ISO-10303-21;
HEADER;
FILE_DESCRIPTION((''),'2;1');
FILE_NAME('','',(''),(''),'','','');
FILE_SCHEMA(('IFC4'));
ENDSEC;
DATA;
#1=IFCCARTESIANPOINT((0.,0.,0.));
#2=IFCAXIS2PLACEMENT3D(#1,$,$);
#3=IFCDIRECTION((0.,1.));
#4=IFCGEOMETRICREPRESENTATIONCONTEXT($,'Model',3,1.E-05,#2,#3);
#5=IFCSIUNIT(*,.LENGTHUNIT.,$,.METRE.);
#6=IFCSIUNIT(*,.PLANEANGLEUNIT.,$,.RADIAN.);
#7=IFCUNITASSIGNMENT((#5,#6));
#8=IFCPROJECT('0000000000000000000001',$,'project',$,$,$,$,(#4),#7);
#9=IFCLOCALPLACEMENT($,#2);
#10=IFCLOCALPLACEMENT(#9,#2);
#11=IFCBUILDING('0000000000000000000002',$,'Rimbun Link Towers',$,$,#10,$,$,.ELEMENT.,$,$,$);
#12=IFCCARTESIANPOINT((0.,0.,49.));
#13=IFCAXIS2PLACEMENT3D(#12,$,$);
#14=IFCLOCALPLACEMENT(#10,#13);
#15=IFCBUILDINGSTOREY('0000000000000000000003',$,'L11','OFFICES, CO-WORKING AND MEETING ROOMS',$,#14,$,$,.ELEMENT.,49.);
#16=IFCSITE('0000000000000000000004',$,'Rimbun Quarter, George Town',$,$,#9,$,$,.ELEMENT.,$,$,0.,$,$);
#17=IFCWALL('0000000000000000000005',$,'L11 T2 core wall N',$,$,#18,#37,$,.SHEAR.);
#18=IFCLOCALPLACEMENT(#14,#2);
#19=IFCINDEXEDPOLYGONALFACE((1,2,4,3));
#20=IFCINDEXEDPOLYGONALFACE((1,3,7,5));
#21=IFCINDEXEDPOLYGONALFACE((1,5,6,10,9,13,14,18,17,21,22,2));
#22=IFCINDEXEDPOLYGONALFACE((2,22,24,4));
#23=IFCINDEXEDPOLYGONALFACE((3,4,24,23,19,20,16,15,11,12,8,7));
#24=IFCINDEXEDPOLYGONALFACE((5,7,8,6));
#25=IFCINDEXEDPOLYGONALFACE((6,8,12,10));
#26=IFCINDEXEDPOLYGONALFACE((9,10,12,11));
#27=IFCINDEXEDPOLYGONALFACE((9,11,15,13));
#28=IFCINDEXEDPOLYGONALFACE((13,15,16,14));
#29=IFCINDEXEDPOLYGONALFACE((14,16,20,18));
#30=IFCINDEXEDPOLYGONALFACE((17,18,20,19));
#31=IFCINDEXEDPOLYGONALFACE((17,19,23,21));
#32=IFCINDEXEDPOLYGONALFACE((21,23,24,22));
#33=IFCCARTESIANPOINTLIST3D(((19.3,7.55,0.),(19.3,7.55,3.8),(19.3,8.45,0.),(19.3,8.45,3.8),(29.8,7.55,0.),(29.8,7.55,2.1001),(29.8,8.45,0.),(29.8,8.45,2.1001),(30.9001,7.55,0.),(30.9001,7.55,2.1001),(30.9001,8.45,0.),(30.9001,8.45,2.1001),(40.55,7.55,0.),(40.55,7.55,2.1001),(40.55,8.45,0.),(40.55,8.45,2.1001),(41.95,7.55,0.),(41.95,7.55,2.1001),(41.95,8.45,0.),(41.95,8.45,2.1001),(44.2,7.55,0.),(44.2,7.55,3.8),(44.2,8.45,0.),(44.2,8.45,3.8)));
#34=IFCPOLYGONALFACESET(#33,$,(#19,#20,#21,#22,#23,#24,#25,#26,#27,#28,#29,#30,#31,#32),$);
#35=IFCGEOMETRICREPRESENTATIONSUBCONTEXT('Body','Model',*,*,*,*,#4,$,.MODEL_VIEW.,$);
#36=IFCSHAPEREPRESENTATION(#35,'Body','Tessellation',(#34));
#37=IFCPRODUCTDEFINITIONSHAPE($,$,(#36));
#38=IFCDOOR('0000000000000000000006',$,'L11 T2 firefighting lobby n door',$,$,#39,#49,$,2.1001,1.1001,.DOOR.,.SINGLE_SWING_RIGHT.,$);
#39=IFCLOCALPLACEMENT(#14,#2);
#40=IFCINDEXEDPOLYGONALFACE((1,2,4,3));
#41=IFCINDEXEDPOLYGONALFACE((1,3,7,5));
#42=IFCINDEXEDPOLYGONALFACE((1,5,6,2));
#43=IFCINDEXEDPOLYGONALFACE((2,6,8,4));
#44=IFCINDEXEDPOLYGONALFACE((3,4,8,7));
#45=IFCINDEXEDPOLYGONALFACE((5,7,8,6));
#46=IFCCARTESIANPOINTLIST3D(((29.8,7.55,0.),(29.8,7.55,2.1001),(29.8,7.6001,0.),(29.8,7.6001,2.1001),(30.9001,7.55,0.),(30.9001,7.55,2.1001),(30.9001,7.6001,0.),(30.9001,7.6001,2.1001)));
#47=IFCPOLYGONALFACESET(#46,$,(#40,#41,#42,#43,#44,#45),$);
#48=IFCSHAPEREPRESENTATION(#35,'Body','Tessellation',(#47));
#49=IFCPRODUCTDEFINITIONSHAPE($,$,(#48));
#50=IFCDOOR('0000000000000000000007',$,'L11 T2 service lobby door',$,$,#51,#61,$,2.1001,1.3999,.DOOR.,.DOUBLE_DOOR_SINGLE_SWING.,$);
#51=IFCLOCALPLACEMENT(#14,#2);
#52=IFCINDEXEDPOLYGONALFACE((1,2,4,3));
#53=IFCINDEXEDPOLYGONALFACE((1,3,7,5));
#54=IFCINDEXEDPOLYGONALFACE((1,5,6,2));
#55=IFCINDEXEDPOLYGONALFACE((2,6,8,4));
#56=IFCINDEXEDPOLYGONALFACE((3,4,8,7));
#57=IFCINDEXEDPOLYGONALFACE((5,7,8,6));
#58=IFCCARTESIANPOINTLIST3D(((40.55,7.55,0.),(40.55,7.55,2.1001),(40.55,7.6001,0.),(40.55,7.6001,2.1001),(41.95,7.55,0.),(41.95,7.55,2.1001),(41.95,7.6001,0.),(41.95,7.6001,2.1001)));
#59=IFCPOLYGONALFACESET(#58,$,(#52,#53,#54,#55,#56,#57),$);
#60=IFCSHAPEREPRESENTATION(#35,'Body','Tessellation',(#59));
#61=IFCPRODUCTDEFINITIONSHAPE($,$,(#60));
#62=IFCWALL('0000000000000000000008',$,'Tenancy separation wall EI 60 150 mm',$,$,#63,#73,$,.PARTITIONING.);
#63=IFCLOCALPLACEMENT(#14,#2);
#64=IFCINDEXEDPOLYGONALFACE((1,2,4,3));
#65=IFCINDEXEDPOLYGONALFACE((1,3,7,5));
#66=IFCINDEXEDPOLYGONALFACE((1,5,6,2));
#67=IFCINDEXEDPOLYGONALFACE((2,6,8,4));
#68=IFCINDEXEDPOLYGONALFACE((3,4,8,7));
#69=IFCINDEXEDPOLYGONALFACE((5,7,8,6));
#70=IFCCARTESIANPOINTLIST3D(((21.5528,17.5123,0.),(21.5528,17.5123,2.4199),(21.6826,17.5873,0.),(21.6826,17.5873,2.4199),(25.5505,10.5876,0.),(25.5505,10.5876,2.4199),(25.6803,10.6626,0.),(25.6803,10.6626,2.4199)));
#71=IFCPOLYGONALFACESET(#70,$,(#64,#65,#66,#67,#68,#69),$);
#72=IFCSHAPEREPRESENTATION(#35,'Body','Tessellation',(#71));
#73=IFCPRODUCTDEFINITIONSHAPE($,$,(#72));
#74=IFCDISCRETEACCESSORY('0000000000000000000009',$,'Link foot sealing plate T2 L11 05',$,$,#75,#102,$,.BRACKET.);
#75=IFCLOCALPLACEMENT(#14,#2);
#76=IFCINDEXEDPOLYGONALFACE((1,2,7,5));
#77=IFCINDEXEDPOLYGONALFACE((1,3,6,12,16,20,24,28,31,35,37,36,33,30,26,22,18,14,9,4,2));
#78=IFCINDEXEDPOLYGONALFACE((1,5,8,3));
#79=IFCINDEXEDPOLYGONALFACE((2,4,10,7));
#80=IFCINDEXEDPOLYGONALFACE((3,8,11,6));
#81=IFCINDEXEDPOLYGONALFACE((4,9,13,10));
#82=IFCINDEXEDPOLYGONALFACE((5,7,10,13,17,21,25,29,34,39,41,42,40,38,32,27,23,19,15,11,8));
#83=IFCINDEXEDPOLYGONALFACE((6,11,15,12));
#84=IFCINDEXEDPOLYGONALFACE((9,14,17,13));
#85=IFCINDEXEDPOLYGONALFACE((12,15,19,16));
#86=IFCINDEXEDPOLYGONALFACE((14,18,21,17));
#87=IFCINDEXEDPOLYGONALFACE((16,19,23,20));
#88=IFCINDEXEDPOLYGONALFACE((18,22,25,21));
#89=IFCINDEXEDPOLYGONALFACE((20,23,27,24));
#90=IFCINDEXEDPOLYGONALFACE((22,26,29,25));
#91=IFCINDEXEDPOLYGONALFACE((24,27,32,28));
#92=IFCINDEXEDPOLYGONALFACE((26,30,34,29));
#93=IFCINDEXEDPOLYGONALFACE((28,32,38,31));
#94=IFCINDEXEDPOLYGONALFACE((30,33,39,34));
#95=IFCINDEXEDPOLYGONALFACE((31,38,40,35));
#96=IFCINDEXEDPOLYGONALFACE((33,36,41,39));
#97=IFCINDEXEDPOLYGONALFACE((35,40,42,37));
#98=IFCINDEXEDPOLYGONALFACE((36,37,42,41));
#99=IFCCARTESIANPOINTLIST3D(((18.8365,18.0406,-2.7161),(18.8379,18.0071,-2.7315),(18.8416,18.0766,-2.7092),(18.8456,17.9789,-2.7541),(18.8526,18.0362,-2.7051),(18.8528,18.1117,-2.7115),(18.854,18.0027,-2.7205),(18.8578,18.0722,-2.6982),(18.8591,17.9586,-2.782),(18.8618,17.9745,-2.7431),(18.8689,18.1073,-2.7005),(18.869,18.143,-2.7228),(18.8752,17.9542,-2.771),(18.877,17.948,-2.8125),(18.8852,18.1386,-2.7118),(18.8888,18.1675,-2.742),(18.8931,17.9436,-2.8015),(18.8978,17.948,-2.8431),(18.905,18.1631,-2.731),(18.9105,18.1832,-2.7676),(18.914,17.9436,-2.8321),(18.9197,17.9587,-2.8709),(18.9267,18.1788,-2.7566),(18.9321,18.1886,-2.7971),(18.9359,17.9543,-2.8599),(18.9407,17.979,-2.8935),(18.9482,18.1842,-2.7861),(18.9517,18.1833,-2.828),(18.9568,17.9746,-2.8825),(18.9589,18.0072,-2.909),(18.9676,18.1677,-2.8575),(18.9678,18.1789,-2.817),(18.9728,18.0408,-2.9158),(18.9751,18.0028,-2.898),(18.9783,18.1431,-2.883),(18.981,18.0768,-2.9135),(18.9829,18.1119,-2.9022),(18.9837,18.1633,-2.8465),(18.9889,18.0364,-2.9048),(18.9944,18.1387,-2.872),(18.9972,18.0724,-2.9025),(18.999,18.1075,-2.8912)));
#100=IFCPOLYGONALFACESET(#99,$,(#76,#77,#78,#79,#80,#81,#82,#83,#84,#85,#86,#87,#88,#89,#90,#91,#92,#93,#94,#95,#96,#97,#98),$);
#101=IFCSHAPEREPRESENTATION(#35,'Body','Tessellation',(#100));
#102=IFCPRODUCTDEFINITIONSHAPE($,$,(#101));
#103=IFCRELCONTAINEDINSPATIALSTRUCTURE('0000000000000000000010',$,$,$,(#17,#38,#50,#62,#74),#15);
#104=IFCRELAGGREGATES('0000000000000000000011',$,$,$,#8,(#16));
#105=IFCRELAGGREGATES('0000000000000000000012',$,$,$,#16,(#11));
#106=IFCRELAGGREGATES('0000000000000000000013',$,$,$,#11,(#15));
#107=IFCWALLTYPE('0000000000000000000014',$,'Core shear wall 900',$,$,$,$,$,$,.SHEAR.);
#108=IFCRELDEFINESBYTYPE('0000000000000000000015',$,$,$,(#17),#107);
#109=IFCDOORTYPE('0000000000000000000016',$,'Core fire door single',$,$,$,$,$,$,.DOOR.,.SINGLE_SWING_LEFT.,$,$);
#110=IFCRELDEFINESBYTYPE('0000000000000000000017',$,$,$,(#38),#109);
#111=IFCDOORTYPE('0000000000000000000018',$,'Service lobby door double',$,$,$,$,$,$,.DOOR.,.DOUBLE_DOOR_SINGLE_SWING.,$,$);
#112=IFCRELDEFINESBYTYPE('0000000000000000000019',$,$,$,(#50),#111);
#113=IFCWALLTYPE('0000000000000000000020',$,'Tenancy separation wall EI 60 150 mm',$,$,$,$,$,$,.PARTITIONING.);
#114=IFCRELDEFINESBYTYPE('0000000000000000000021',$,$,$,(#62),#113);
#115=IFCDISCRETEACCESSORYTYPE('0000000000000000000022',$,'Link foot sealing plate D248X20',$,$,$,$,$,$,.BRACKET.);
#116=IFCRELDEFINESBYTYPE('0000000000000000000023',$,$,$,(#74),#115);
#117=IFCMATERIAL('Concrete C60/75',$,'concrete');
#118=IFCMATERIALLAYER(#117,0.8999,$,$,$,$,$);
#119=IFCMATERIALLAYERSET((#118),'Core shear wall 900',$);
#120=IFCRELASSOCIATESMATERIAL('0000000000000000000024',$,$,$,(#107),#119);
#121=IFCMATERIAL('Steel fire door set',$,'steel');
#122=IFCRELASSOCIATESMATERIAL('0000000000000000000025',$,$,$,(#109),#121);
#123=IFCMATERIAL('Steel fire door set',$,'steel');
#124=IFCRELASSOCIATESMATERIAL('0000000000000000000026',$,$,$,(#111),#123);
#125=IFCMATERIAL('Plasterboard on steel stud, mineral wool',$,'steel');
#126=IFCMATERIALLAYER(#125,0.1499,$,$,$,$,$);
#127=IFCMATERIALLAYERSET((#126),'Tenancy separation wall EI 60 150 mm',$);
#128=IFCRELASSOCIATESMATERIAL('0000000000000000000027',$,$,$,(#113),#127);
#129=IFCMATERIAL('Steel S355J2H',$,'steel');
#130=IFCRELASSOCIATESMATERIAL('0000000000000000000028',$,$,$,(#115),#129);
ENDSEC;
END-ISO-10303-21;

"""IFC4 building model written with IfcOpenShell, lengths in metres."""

from ifc_helpers import new_model, si_unit, direction, frame, frame_2d, origin, origin_2d, place, context, subcontext, project, spatial, rectangle, circle, extrude, material, layer, layer_set, material_profile, profile_set, type_object, element, fill, save


model = new_model("IFC4")

# Units and contexts
model_context = context("Model", 3, precision=1e-05, world=origin(), true_north=direction((0.0, 1.0)))
body_context = subcontext(model_context, "Body", "Model", "MODEL_VIEW")
ifc_project = project(units=[si_unit("LENGTHUNIT", "METRE"), si_unit("PLANEANGLEUNIT", "RADIAN")], contexts=[model_context])

# Site, building, storey
site_placement = place(None, origin())
site = spatial("IfcSite", under=ifc_project, at=site_placement, Name="Rimbun Quarter, George Town", CompositionType="ELEMENT", RefElevation=0.0)
building_placement = place(site_placement, origin())
building = spatial("IfcBuilding", under=site, at=building_placement, Name="Rimbun Link Towers", CompositionType="ELEMENT")
storey_placement = place(building_placement, frame((0.0, 0.0, 49.0)))
storey = spatial("IfcBuildingStorey", under=building, at=storey_placement, Name="L11", Description="OFFICES, CO-WORKING AND MEETING ROOMS", CompositionType="ELEMENT", Elevation=49.0)

# Wall, openings, doors
ifc_material_1 = material(Name="Concrete C60/75", Category="concrete")
ifc_layer_1 = layer(ifc_material_1, 0.8999)
ifc_layer_set_1 = layer_set([ifc_layer_1], Name="Core shear wall 900")
wall_type_1 = type_object("IfcWallType", Name="Core shear wall 900", PredefinedType="SHEAR", material=ifc_layer_set_1)
wall_1_placement = place(storey_placement, frame((19.3, 8.0, 0.0), z_axis=(0.0, 0.0, 1.0), x_axis=(1.0, 0.0, 0.0)))
wall_1 = element("IfcWall", 1, at=wall_1_placement, inside=storey, type_object=wall_type_1, Name="L11 T2 core wall N", PredefinedType="SHEAR", context=body_context, shape_type="SweptSolid", body=[
    extrude(rectangle(XDim=24.8999, YDim=0.8999, at=frame_2d((12.45, 0.0))), origin(), (0.0, 0.0, 1.0), 3.8),
])
opening_1_placement = place(wall_1_placement, frame((10.5, 0.0, 0.0)))
opening_1 = element("IfcOpeningElement", 2, at=opening_1_placement, cuts=wall_1, PredefinedType="OPENING", context=body_context, shape_type="SweptSolid", body=[
    extrude(rectangle(XDim=1.1001, YDim=2.1001, at=frame_2d((0.55, 1.05))), frame((0.0, 0.46, 0.0), z_axis=(0.0, -1.0, 0.0), x_axis=(1.0, 0.0, 0.0)), (0.0, 0.0, 1.0), 0.9199),
])
opening_2_placement = place(wall_1_placement, frame((21.25, 0.0, 0.0)))
opening_2 = element("IfcOpeningElement", 3, at=opening_2_placement, cuts=wall_1, PredefinedType="OPENING", context=body_context, shape_type="SweptSolid", body=[
    extrude(rectangle(XDim=1.3999, YDim=2.1001, at=frame_2d((0.7, 1.05))), frame((0.0, 0.46, 0.0), z_axis=(0.0, -1.0, 0.0), x_axis=(1.0, 0.0, 0.0)), (0.0, 0.0, 1.0), 0.9199),
])
ifc_material_2 = material(Name="Steel fire door set", Category="steel")
door_type_1 = type_object("IfcDoorType", Name="Core fire door single", OperationType="SINGLE_SWING_LEFT", PredefinedType="DOOR", material=ifc_material_2)
door_1_placement = place(opening_1_placement, origin())
door_1 = element("IfcDoor", 4, at=door_1_placement, inside=storey, type_object=door_type_1, Name="L11 T2 firefighting lobby n door", OperationType="SINGLE_SWING_RIGHT", OverallHeight=2.1001, OverallWidth=1.1001, PredefinedType="DOOR", context=body_context, shape_type="SweptSolid", body=[
    extrude(rectangle(XDim=1.1001, YDim=2.1001, at=frame_2d((0.55, 1.05))), frame((0.0, -0.3999, 0.0), z_axis=(0.0, -1.0, 0.0), x_axis=(1.0, 0.0, 0.0)), (0.0, 0.0, 1.0), 0.05),
])
fill(opening_1, door_1)
ifc_material_3 = material(Name="Steel fire door set", Category="steel")
door_type_2 = type_object("IfcDoorType", Name="Service lobby door double", OperationType="DOUBLE_DOOR_SINGLE_SWING", PredefinedType="DOOR", material=ifc_material_3)
door_2_placement = place(opening_2_placement, origin())
door_2 = element("IfcDoor", 5, at=door_2_placement, inside=storey, type_object=door_type_2, Name="L11 T2 service lobby door", OperationType="DOUBLE_DOOR_SINGLE_SWING", OverallHeight=2.1001, OverallWidth=1.3999, PredefinedType="DOOR", context=body_context, shape_type="SweptSolid", body=[
    extrude(rectangle(XDim=1.3999, YDim=2.1001, at=frame_2d((0.7, 1.05))), frame((0.0, -0.3999, 0.0), z_axis=(0.0, -1.0, 0.0), x_axis=(1.0, 0.0, 0.0)), (0.0, 0.0, 1.0), 0.05),
])
fill(opening_2, door_2)

# Wall
ifc_material_4 = material(Name="Plasterboard on steel stud, mineral wool", Category="steel")
ifc_layer_2 = layer(ifc_material_4, 0.1499)
ifc_layer_set_2 = layer_set([ifc_layer_2], Name="Tenancy separation wall EI 60 150 mm")
wall_type_2 = type_object("IfcWallType", Name="Tenancy separation wall EI 60 150 mm", PredefinedType="PARTITIONING", material=ifc_layer_set_2)
wall_2_placement = place(storey_placement, frame((25.6155, 10.625, 0.0), z_axis=(0.0, 0.0, 1.0), x_axis=(-0.499978, 0.866038, 0.0)))
element("IfcWall", 6, at=wall_2_placement, inside=storey, type_object=wall_type_2, Name="Tenancy separation wall EI 60 150 mm", PredefinedType="PARTITIONING", context=body_context, shape_type="SweptSolid", body=[
    extrude(rectangle(XDim=7.9958, YDim=0.1499, at=frame_2d((3.998, 0.0))), origin(), (0.0, 0.0, 1.0), 2.4199),
])

# Discrete accessory
ifc_material_5 = material(Name="Steel S355J2H", Category="steel")
ifc_material_profile_1 = material_profile(ifc_material_5, circle(Radius=0.124, at=origin_2d()), Name="PL D248")
ifc_profile_set_1 = profile_set([ifc_material_profile_1], Name="Steel S355J2H")
discrete_accessory_type = type_object("IfcDiscreteAccessoryType", Name="Link foot sealing plate D248X20", PredefinedType="BRACKET", material=ifc_profile_set_1)
discrete_accessory_placement = place(storey_placement, frame((18.9258, 18.0632, -2.8015), z_axis=(-0.806018, 0.219823, -0.549557), x_axis=(-0.263117, -0.964764, 0.0)))
element("IfcDiscreteAccessory", 7, at=discrete_accessory_placement, inside=storey, type_object=discrete_accessory_type, Name="Link foot sealing plate T2 L11 05", PredefinedType="BRACKET", context=body_context, shape_type="SweptSolid", body=[
    extrude(circle(Radius=0.124, at=origin_2d()), origin(), (0.0, 0.0, 1.0), 0.02),
])

save(model, "model.ifc")
